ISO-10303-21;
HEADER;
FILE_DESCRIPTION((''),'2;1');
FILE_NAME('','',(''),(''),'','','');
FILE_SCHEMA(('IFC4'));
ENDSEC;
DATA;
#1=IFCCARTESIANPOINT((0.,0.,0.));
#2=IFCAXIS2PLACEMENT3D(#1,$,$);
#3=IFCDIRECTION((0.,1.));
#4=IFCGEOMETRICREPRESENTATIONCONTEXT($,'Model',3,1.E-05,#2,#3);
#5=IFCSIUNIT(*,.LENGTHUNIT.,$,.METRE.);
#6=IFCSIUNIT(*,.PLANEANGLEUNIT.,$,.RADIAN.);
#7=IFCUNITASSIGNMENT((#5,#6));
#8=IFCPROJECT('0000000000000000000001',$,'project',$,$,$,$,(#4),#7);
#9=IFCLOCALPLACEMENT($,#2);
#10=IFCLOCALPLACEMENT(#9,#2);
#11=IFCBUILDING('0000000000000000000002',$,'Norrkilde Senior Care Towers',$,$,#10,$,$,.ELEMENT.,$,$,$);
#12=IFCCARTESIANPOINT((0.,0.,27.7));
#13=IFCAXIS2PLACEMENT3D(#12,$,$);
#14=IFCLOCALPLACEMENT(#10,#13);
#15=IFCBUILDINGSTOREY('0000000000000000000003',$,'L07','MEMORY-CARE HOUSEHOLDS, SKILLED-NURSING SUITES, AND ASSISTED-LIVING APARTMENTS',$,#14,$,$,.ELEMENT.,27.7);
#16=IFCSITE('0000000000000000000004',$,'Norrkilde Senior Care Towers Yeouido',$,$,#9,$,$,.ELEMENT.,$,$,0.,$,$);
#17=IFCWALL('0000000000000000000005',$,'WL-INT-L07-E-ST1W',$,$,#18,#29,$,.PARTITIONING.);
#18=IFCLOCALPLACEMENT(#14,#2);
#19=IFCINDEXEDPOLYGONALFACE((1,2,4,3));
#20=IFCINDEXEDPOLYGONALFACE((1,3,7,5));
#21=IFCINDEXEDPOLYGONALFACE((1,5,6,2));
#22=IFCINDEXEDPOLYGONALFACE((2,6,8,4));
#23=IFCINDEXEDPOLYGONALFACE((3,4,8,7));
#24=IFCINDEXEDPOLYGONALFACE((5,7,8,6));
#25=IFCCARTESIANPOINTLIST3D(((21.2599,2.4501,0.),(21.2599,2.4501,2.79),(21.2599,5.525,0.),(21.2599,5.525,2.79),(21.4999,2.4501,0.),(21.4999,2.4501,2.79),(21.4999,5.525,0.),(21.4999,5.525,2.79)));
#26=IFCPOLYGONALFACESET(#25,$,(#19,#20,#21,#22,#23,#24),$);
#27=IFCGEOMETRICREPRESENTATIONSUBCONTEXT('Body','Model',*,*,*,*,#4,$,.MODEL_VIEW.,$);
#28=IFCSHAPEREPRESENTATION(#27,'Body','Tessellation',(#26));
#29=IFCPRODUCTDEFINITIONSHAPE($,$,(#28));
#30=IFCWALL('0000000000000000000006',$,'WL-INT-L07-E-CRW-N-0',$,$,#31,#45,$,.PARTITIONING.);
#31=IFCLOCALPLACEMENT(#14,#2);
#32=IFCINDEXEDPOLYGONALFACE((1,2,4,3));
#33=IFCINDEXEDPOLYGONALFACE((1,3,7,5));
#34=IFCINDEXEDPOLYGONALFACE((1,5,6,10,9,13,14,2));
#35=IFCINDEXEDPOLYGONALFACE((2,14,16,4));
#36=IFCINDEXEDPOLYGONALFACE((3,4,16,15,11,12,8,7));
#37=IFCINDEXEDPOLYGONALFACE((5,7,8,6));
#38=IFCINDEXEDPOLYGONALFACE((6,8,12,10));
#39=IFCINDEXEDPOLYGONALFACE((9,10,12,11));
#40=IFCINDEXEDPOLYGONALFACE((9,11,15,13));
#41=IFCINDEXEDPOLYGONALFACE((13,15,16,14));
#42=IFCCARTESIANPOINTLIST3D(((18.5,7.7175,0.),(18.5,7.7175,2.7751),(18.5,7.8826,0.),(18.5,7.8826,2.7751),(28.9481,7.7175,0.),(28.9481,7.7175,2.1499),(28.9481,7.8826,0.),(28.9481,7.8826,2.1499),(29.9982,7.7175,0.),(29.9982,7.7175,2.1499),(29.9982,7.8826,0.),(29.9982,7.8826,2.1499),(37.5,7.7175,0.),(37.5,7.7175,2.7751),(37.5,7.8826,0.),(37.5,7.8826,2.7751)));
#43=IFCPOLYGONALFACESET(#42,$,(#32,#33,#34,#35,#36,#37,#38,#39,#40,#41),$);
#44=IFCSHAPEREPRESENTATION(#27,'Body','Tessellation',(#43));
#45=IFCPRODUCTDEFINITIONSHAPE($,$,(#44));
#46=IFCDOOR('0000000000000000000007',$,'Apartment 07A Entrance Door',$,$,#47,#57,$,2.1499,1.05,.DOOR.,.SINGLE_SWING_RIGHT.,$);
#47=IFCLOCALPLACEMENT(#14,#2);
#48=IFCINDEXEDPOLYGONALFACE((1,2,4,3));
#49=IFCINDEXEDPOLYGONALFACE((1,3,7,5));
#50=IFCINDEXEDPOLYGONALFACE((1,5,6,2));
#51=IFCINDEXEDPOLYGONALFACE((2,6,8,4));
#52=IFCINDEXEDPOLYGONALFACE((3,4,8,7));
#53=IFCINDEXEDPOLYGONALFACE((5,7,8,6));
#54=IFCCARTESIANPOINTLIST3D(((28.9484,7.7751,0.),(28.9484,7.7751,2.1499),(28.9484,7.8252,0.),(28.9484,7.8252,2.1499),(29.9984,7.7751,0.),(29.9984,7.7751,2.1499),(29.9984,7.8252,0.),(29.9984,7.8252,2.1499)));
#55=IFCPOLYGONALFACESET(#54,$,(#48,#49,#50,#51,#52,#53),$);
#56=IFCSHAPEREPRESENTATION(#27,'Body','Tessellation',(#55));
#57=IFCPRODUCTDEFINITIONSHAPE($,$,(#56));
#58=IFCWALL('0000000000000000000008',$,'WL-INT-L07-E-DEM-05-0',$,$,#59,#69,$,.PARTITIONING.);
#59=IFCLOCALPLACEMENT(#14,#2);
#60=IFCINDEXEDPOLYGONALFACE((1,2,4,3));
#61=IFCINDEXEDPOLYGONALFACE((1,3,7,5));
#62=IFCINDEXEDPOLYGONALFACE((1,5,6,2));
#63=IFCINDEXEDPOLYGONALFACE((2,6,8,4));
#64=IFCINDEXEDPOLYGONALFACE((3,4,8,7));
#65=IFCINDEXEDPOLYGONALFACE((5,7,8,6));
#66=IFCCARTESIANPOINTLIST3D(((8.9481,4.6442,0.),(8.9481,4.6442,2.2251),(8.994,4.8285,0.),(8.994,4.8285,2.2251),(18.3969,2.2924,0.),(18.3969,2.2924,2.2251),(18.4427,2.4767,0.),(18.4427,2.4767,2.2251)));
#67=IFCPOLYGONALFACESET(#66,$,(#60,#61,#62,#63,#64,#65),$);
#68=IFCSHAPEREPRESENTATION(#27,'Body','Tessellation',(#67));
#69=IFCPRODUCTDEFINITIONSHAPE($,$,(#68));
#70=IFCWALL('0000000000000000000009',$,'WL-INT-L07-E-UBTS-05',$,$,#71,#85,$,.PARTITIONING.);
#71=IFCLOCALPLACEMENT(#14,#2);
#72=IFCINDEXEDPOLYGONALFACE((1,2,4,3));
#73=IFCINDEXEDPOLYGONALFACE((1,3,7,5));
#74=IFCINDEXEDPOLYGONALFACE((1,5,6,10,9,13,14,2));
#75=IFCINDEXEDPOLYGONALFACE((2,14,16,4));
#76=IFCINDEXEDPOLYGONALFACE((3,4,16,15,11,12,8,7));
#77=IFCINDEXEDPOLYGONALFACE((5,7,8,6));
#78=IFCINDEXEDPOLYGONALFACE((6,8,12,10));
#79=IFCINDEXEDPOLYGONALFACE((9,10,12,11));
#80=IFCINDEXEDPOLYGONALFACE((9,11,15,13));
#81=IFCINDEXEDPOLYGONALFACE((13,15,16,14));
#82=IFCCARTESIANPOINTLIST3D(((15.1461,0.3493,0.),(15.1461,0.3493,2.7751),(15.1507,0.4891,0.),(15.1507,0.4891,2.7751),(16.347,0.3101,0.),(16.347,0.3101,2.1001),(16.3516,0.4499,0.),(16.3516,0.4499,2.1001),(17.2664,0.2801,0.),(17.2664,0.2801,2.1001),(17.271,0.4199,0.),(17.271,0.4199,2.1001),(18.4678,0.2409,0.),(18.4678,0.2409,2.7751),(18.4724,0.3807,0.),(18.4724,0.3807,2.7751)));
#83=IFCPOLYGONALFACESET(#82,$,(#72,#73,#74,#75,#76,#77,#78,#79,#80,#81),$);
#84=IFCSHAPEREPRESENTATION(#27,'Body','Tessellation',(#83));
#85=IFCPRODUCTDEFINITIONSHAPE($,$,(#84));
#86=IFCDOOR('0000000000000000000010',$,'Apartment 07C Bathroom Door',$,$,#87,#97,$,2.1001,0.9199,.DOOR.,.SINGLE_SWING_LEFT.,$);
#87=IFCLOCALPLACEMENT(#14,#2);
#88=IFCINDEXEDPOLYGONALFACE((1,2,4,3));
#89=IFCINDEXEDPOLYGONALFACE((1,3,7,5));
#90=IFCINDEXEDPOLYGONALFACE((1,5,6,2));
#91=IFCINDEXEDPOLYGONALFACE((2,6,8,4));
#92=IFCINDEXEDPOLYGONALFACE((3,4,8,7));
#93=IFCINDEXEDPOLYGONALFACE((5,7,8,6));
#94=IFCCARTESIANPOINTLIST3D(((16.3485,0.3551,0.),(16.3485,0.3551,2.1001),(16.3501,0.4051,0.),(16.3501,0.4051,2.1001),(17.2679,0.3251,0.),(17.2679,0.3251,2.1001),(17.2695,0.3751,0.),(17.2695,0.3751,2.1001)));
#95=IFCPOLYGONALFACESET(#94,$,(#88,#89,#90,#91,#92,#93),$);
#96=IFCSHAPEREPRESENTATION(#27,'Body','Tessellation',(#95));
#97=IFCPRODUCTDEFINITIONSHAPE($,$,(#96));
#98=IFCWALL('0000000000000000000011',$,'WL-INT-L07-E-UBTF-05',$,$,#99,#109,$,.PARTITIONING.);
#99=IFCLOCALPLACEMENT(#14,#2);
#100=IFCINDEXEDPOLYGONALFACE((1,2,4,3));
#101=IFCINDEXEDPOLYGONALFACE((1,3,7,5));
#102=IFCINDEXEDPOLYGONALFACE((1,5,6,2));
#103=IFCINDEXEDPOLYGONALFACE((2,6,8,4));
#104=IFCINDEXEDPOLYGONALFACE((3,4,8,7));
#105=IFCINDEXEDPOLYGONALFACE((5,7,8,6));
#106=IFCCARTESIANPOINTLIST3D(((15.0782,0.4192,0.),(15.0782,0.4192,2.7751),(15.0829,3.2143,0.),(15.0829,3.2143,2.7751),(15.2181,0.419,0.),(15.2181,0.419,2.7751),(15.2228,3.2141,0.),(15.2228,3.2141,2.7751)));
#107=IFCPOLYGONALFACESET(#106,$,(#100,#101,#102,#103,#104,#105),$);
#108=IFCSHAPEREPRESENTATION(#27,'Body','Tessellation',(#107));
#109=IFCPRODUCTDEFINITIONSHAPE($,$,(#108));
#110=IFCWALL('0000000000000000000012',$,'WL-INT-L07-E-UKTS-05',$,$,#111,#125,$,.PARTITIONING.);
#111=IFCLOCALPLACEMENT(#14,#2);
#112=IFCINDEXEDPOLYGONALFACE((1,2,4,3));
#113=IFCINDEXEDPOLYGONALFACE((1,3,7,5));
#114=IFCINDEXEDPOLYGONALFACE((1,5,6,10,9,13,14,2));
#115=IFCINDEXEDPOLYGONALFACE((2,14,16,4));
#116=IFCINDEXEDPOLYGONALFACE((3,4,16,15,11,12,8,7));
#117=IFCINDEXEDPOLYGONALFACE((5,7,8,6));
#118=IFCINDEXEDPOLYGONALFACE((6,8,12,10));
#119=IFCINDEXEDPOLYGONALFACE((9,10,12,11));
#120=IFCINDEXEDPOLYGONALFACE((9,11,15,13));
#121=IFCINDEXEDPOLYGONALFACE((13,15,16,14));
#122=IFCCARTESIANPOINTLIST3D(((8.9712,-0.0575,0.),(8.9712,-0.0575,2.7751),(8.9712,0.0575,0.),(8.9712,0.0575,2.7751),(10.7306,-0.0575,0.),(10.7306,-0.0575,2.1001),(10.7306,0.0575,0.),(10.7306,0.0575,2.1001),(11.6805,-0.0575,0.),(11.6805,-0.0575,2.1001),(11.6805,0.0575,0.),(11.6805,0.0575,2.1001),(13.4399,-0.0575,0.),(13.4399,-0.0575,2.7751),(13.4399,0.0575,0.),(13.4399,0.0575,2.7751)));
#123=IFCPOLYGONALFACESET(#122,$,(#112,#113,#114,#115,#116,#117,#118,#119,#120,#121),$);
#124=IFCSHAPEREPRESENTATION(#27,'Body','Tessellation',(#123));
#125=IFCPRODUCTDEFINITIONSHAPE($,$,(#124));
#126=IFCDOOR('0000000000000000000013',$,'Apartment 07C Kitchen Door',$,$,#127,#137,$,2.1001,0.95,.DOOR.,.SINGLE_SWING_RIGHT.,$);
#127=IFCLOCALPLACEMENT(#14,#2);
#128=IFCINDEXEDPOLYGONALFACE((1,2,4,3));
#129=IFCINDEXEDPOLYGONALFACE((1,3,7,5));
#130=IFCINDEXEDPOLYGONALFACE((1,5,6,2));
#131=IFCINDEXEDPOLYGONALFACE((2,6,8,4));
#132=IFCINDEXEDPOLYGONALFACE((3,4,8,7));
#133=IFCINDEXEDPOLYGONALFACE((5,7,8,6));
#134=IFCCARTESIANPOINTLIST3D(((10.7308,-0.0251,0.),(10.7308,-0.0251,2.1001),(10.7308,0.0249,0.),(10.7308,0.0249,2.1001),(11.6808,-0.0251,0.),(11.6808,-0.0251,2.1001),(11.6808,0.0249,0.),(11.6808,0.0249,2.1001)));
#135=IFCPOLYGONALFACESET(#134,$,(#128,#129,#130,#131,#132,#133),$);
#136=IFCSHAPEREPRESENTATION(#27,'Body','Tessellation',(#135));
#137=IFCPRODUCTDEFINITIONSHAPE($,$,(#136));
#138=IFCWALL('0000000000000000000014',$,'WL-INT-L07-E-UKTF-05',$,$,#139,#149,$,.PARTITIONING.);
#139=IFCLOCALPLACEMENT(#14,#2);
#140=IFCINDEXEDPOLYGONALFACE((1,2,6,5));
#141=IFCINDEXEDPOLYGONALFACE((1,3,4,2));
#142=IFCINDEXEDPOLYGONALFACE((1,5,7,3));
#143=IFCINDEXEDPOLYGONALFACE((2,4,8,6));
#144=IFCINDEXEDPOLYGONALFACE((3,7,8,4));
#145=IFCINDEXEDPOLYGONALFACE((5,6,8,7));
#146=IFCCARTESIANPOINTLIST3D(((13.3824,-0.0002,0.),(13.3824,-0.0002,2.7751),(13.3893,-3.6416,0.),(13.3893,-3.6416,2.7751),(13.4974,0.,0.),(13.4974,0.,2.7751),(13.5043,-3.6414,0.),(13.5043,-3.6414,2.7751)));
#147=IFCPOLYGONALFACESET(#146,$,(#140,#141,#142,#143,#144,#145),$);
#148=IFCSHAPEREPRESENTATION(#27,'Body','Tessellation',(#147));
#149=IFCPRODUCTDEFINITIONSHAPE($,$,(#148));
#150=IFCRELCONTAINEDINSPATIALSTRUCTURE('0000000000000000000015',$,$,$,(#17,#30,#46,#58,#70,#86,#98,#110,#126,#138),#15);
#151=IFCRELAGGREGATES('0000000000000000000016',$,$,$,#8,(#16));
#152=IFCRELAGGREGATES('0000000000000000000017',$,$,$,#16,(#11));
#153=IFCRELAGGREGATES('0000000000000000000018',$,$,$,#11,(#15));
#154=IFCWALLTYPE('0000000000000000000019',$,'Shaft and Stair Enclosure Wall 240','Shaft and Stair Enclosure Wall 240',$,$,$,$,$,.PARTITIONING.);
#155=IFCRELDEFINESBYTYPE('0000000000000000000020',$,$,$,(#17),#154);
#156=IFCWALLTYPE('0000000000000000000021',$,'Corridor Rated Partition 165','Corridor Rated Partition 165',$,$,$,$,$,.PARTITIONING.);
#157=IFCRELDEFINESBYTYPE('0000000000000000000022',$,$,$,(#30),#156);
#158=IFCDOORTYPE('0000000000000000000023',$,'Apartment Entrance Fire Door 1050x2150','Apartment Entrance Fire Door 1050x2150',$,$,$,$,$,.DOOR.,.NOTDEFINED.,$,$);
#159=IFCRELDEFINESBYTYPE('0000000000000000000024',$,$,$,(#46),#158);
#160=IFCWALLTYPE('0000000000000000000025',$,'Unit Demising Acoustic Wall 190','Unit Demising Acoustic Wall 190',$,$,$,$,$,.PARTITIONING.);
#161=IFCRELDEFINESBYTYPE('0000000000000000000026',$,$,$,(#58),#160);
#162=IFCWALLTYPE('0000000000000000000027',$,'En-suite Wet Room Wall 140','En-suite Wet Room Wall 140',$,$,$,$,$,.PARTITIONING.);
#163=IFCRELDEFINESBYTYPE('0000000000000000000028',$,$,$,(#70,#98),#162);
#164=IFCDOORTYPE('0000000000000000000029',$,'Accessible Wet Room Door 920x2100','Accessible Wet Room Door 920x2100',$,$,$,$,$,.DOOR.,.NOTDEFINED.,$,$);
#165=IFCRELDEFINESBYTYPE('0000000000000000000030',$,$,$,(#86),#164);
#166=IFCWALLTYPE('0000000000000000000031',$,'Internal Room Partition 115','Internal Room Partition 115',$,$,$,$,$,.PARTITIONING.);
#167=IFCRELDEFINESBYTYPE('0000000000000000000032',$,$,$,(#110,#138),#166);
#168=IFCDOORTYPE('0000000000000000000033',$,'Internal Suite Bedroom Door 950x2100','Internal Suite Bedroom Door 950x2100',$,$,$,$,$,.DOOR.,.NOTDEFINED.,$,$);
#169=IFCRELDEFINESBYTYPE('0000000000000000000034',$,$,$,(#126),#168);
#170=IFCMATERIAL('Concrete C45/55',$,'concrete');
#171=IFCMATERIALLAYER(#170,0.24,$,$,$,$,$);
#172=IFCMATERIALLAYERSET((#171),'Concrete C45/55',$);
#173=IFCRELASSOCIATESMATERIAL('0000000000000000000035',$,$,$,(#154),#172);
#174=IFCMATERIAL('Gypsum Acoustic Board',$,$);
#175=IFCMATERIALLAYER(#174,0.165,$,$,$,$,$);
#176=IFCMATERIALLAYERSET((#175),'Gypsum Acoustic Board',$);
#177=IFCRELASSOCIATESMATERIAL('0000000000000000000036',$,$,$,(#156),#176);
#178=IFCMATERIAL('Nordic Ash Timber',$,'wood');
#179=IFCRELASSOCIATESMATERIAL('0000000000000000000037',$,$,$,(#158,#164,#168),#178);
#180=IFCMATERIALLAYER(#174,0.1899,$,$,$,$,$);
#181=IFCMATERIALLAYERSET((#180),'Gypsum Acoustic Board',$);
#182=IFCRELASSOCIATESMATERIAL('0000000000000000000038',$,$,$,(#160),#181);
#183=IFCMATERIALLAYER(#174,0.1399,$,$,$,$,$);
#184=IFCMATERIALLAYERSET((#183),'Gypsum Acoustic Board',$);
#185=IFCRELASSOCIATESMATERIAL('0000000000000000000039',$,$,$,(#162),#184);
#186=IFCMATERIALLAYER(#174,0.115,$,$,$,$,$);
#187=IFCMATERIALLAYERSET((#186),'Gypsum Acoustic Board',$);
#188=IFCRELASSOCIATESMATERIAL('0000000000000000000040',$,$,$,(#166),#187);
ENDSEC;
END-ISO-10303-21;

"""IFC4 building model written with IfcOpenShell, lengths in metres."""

from ifc_helpers import new_model, si_unit, direction, frame, frame_2d, origin, place, context, subcontext, project, spatial, rectangle, extrude, source, transform, mapped, material, layer, layer_set, type_object, type_shapes, element, fill, save


model = new_model("IFC4")

# Units and contexts
model_context = context("Model", 3, precision=1e-05, world=origin(), true_north=direction((0.0, 1.0)))
body_context = subcontext(model_context, "Body", "Model", "MODEL_VIEW")
ifc_project = project(units=[si_unit("LENGTHUNIT", "METRE"), si_unit("PLANEANGLEUNIT", "RADIAN")], contexts=[model_context])

# Site, building, storey
site_placement = place(None, origin())
site = spatial("IfcSite", under=ifc_project, at=site_placement, Name="Norrkilde Senior Care Towers Yeouido", CompositionType="ELEMENT", RefElevation=0.0)
building_placement = place(site_placement, origin())
building = spatial("IfcBuilding", under=site, at=building_placement, Name="Norrkilde Senior Care Towers", CompositionType="ELEMENT")
storey_placement = place(building_placement, frame((0.0, 0.0, 27.7)))
storey = spatial("IfcBuildingStorey", under=building, at=storey_placement, Name="L07", Description="MEMORY-CARE HOUSEHOLDS, SKILLED-NURSING SUITES, AND ASSISTED-LIVING APARTMENTS", CompositionType="ELEMENT", Elevation=27.7)

# Wall
ifc_material_1 = material(Name="Concrete C45/55", Category="concrete")
ifc_layer_1 = layer(ifc_material_1, 0.24)
ifc_layer_set_1 = layer_set([ifc_layer_1], Name="Concrete C45/55")
wall_type_1 = type_object("IfcWallType", Name="Shaft and Stair Enclosure Wall 240", Description="Shaft and Stair Enclosure Wall 240", PredefinedType="PARTITIONING", material=ifc_layer_set_1)
shared_shape_1 = source(origin(), body_context, "Body", "SweptSolid", [
    extrude(rectangle(XDim=3.075, YDim=0.24, at=frame_2d((1.5376, 0.0))), origin(), (0.0, 0.0, 1.0), 2.79),
])
wall_1_placement = place(storey_placement, frame((21.3799, 2.45, 0.0), z_axis=(0.0, 0.0, 1.0), x_axis=(0.0, 1.0, 0.0)))
element("IfcWall", 1, at=wall_1_placement, inside=storey, type_object=wall_type_1, Name="WL-INT-L07-E-ST1W", PredefinedType="PARTITIONING", context=body_context, shape_type="MappedRepresentation", body=[
    mapped(shared_shape_1, transform((0.0, 0.0, 0.0), x_axis=(1.0, 0.0, 0.0), y_axis=(0.0, 1.0, 0.0), z_axis=(0.0, 0.0, 1.0), scale=1.0)),
])

# Wall, opening, door
ifc_material_2 = material(Name="Gypsum Acoustic Board")
ifc_layer_2 = layer(ifc_material_2, 0.165)
ifc_layer_set_2 = layer_set([ifc_layer_2], Name="Gypsum Acoustic Board")
wall_type_2 = type_object("IfcWallType", Name="Corridor Rated Partition 165", Description="Corridor Rated Partition 165", PredefinedType="PARTITIONING", material=ifc_layer_set_2)
shared_shape_2 = source(origin(), body_context, "Body", "SweptSolid", [
    extrude(rectangle(XDim=19.0, YDim=0.165, at=frame_2d((9.5, 0.0))), origin(), (0.0, 0.0, 1.0), 2.7751),
])
type_shapes(wall_type_2, [shared_shape_2])
wall_2_placement = place(storey_placement, frame((18.5, 7.8, 0.0), z_axis=(0.0, 0.0, 1.0), x_axis=(1.0, 0.0, 0.0)))
wall_2 = element("IfcWall", 2, at=wall_2_placement, inside=storey, type_object=wall_type_2, Name="WL-INT-L07-E-CRW-N-0", PredefinedType="PARTITIONING", context=body_context, shape_type="MappedRepresentation", body=[
    mapped(shared_shape_2, transform((0.0, 0.0, 0.0), x_axis=(1.0, 0.0, 0.0), y_axis=(0.0, 1.0, 0.0), z_axis=(0.0, 0.0, 1.0), scale=1.0)),
])
opening_1_placement = place(wall_2_placement, frame((10.4482, 0.0, 0.0)))
opening_1 = element("IfcOpeningElement", 3, at=opening_1_placement, cuts=wall_2, PredefinedType="OPENING", context=body_context, shape_type="SweptSolid", body=[
    extrude(rectangle(XDim=1.05, YDim=2.1499, at=frame_2d((0.5249, 1.075))), frame((0.0, 0.0925, 0.0), z_axis=(0.0, -1.0, 0.0), x_axis=(1.0, 0.0, 0.0)), (0.0, 0.0, 1.0), 0.1851),
])
ifc_material_3 = material(Name="Nordic Ash Timber", Category="wood")
door_type_1 = type_object("IfcDoorType", Name="Apartment Entrance Fire Door 1050x2150", Description="Apartment Entrance Fire Door 1050x2150", OperationType="NOTDEFINED", PredefinedType="DOOR", material=ifc_material_3)
shared_shape_3 = source(origin(), body_context, "Body", "SweptSolid", [
    extrude(rectangle(XDim=1.05, YDim=2.1499, at=frame_2d((0.5249, 1.075))), frame((0.0, 0.0249, 0.0), z_axis=(0.0, -1.0, 0.0), x_axis=(1.0, 0.0, 0.0)), (0.0, 0.0, 1.0), 0.05),
])
type_shapes(door_type_1, [shared_shape_3])
door_1_placement = place(opening_1_placement, frame((1.05, 0.0, 0.0), z_axis=(0.0, 0.0, 1.0), x_axis=(-1.0, 0.0, 0.0)))
door_1 = element("IfcDoor", 4, at=door_1_placement, inside=storey, type_object=door_type_1, Name="Apartment 07A Entrance Door", OperationType="SINGLE_SWING_RIGHT", OverallHeight=2.1499, OverallWidth=1.05, PredefinedType="DOOR", context=body_context, shape_type="MappedRepresentation", body=[
    mapped(shared_shape_3, transform((0.0, 0.0, 0.0), x_axis=(1.0, 0.0, 0.0), y_axis=(0.0, 1.0, 0.0), z_axis=(0.0, 0.0, 1.0), scale=1.0)),
])
fill(opening_1, door_1)

# Wall
ifc_layer_3 = layer(ifc_material_2, 0.1899)
ifc_layer_set_3 = layer_set([ifc_layer_3], Name="Gypsum Acoustic Board")
wall_type_3 = type_object("IfcWallType", Name="Unit Demising Acoustic Wall 190", Description="Unit Demising Acoustic Wall 190", PredefinedType="PARTITIONING", material=ifc_layer_set_3)
shared_shape_4 = source(origin(), body_context, "Body", "SweptSolid", [
    extrude(rectangle(XDim=9.7371, YDim=0.1899, at=frame_2d((4.8687, 0.0))), origin(), (0.0, 0.0, 1.0), 2.2251),
])
type_shapes(wall_type_3, [shared_shape_4])
wall_3_placement = place(storey_placement, frame((18.4199, 2.3845, 0.0), z_axis=(0.0, 0.0, 1.0), x_axis=(-0.970393, 0.241533, 0.0)))
element("IfcWall", 5, at=wall_3_placement, inside=storey, type_object=wall_type_3, Name="WL-INT-L07-E-DEM-05-0", PredefinedType="PARTITIONING", context=body_context, shape_type="MappedRepresentation", body=[
    mapped(shared_shape_4, transform((0.0, 0.0, 0.0), x_axis=(1.0, 0.0, 0.0), y_axis=(0.0, 1.0, 0.0), z_axis=(0.0, 0.0, 1.0), scale=1.0)),
])

# Wall, opening, door
ifc_layer_4 = layer(ifc_material_2, 0.1399)
ifc_layer_set_4 = layer_set([ifc_layer_4], Name="Gypsum Acoustic Board")
wall_type_4 = type_object("IfcWallType", Name="En-suite Wet Room Wall 140", Description="En-suite Wet Room Wall 140", PredefinedType="PARTITIONING", material=ifc_layer_set_4)
shared_shape_5 = source(origin(), body_context, "Body", "SweptSolid", [
    extrude(rectangle(XDim=3.3235, YDim=0.1399, at=frame_2d((1.6616, 0.0))), origin(), (0.0, 0.0, 1.0), 2.7751),
])
wall_4_placement = place(storey_placement, frame((18.47, 0.3108, 0.0), z_axis=(0.0, 0.0, 1.0), x_axis=(-0.999468, 0.032615, 0.0)))
wall_4 = element("IfcWall", 6, at=wall_4_placement, inside=storey, type_object=wall_type_4, Name="WL-INT-L07-E-UBTS-05", PredefinedType="PARTITIONING", context=body_context, shape_type="MappedRepresentation", body=[
    mapped(shared_shape_5, transform((0.0, 0.0, 0.0), x_axis=(1.0, 0.0, 0.0), y_axis=(0.0, 1.0, 0.0), z_axis=(0.0, 0.0, 1.0), scale=1.0)),
])
opening_2_placement = place(wall_4_placement, frame((1.2019, 0.0, 0.0)))
opening_2 = element("IfcOpeningElement", 7, at=opening_2_placement, cuts=wall_4, PredefinedType="OPENING", context=body_context, shape_type="SweptSolid", body=[
    extrude(rectangle(XDim=0.9199, YDim=2.1001, at=frame_2d((0.46, 1.05))), frame((0.0, 0.0798, 0.0), z_axis=(0.0, -1.0, 0.0), x_axis=(1.0, 0.0, 0.0)), (0.0, 0.0, 1.0), 0.1599),
])
door_type_2 = type_object("IfcDoorType", Name="Accessible Wet Room Door 920x2100", Description="Accessible Wet Room Door 920x2100", OperationType="NOTDEFINED", PredefinedType="DOOR", material=ifc_material_3)
shared_shape_6 = source(origin(), body_context, "Body", "SweptSolid", [
    extrude(rectangle(XDim=0.9199, YDim=2.1001, at=frame_2d((0.46, 1.05))), frame((0.0, 0.0249, 0.0), z_axis=(0.0, -1.0, 0.0), x_axis=(1.0, 0.0, 0.0)), (0.0, 0.0, 1.0), 0.05),
])
type_shapes(door_type_2, [shared_shape_6])
door_2_placement = place(opening_2_placement, origin())
door_2 = element("IfcDoor", 8, at=door_2_placement, inside=storey, type_object=door_type_2, Name="Apartment 07C Bathroom Door", OperationType="SINGLE_SWING_LEFT", OverallHeight=2.1001, OverallWidth=0.9199, PredefinedType="DOOR", context=body_context, shape_type="MappedRepresentation", body=[
    mapped(shared_shape_6, transform((0.0, 0.0, 0.0), x_axis=(1.0, 0.0, 0.0), y_axis=(0.0, 1.0, 0.0), z_axis=(0.0, 0.0, 1.0), scale=1.0)),
])
fill(opening_2, door_2)

# Wall
shared_shape_7 = source(origin(), body_context, "Body", "SweptSolid", [
    extrude(rectangle(XDim=2.7952, YDim=0.1399, at=frame_2d((1.3975, 0.0))), origin(), (0.0, 0.0, 1.0), 2.7751),
])
type_shapes(wall_type_4, [shared_shape_5, shared_shape_7])
wall_5_placement = place(storey_placement, frame((15.1482, 0.4192, 0.0), z_axis=(0.0, 0.0, 1.0), x_axis=(0.00166, 0.999999, 0.0)))
element("IfcWall", 9, at=wall_5_placement, inside=storey, type_object=wall_type_4, Name="WL-INT-L07-E-UBTF-05", PredefinedType="PARTITIONING", context=body_context, shape_type="MappedRepresentation", body=[
    mapped(shared_shape_7, transform((0.0, 0.0, 0.0), x_axis=(1.0, 0.0, 0.0), y_axis=(0.0, 1.0, 0.0), z_axis=(0.0, 0.0, 1.0), scale=1.0)),
])

# Wall, opening, door
ifc_layer_5 = layer(ifc_material_2, 0.115)
ifc_layer_set_5 = layer_set([ifc_layer_5], Name="Gypsum Acoustic Board")
wall_type_5 = type_object("IfcWallType", Name="Internal Room Partition 115", Description="Internal Room Partition 115", PredefinedType="PARTITIONING", material=ifc_layer_set_5)
shared_shape_8 = source(origin(), body_context, "Body", "SweptSolid", [
    extrude(rectangle(XDim=4.4688, YDim=0.115, at=frame_2d((2.2344, 0.0))), origin(), (0.0, 0.0, 1.0), 2.7751),
])
wall_6_placement = place(storey_placement, frame((13.4399, 0.0, 0.0), z_axis=(0.0, 0.0, 1.0), x_axis=(-1.0, 0.0, 0.0)))
wall_6 = element("IfcWall", 10, at=wall_6_placement, inside=storey, type_object=wall_type_5, Name="WL-INT-L07-E-UKTS-05", PredefinedType="PARTITIONING", context=body_context, shape_type="MappedRepresentation", body=[
    mapped(shared_shape_8, transform((0.0, 0.0, 0.0), x_axis=(1.0, 0.0, 0.0), y_axis=(0.0, 1.0, 0.0), z_axis=(0.0, 0.0, 1.0), scale=1.0)),
])
opening_3_placement = place(wall_6_placement, frame((1.7593, 0.0, 0.0)))
opening_3 = element("IfcOpeningElement", 11, at=opening_3_placement, cuts=wall_6, PredefinedType="OPENING", context=body_context, shape_type="SweptSolid", body=[
    extrude(rectangle(XDim=0.95, YDim=2.1001, at=frame_2d((0.4751, 1.05))), frame((0.0, 0.0674, 0.0), z_axis=(0.0, -1.0, 0.0), x_axis=(1.0, 0.0, 0.0)), (0.0, 0.0, 1.0), 0.135),
])
door_type_3 = type_object("IfcDoorType", Name="Internal Suite Bedroom Door 950x2100", Description="Internal Suite Bedroom Door 950x2100", OperationType="NOTDEFINED", PredefinedType="DOOR", material=ifc_material_3)
shared_shape_9 = source(origin(), body_context, "Body", "SweptSolid", [
    extrude(rectangle(XDim=0.95, YDim=2.1001, at=frame_2d((0.4751, 1.05))), frame((0.0, 0.0249, 0.0), z_axis=(0.0, -1.0, 0.0), x_axis=(1.0, 0.0, 0.0)), (0.0, 0.0, 1.0), 0.05),
])
type_shapes(door_type_3, [shared_shape_9])
door_3_placement = place(opening_3_placement, frame((0.95, 0.0, 0.0), z_axis=(0.0, 0.0, 1.0), x_axis=(-1.0, 0.0, 0.0)))
door_3 = element("IfcDoor", 12, at=door_3_placement, inside=storey, type_object=door_type_3, Name="Apartment 07C Kitchen Door", OperationType="SINGLE_SWING_RIGHT", OverallHeight=2.1001, OverallWidth=0.95, PredefinedType="DOOR", context=body_context, shape_type="MappedRepresentation", body=[
    mapped(shared_shape_9, transform((0.0, 0.0, 0.0), x_axis=(1.0, 0.0, 0.0), y_axis=(0.0, 1.0, 0.0), z_axis=(0.0, 0.0, 1.0), scale=1.0)),
])
fill(opening_3, door_3)

# Wall
shared_shape_10 = source(origin(), body_context, "Body", "SweptSolid", [
    extrude(rectangle(XDim=3.6414, YDim=0.115, at=frame_2d((1.8208, 0.0))), origin(), (0.0, 0.0, 1.0), 2.7751),
])
type_shapes(wall_type_5, [shared_shape_8, shared_shape_10])
wall_7_placement = place(storey_placement, frame((13.4399, 0.0, 0.0), z_axis=(0.0, 0.0, 1.0), x_axis=(0.001877, -0.999998, 0.0)))
element("IfcWall", 13, at=wall_7_placement, inside=storey, type_object=wall_type_5, Name="WL-INT-L07-E-UKTF-05", PredefinedType="PARTITIONING", context=body_context, shape_type="MappedRepresentation", body=[
    mapped(shared_shape_10, transform((0.0, 0.0, 0.0), x_axis=(1.0, 0.0, 0.0), y_axis=(0.0, 1.0, 0.0), z_axis=(0.0, 0.0, 1.0), scale=1.0)),
])

save(model, "model.ifc")
